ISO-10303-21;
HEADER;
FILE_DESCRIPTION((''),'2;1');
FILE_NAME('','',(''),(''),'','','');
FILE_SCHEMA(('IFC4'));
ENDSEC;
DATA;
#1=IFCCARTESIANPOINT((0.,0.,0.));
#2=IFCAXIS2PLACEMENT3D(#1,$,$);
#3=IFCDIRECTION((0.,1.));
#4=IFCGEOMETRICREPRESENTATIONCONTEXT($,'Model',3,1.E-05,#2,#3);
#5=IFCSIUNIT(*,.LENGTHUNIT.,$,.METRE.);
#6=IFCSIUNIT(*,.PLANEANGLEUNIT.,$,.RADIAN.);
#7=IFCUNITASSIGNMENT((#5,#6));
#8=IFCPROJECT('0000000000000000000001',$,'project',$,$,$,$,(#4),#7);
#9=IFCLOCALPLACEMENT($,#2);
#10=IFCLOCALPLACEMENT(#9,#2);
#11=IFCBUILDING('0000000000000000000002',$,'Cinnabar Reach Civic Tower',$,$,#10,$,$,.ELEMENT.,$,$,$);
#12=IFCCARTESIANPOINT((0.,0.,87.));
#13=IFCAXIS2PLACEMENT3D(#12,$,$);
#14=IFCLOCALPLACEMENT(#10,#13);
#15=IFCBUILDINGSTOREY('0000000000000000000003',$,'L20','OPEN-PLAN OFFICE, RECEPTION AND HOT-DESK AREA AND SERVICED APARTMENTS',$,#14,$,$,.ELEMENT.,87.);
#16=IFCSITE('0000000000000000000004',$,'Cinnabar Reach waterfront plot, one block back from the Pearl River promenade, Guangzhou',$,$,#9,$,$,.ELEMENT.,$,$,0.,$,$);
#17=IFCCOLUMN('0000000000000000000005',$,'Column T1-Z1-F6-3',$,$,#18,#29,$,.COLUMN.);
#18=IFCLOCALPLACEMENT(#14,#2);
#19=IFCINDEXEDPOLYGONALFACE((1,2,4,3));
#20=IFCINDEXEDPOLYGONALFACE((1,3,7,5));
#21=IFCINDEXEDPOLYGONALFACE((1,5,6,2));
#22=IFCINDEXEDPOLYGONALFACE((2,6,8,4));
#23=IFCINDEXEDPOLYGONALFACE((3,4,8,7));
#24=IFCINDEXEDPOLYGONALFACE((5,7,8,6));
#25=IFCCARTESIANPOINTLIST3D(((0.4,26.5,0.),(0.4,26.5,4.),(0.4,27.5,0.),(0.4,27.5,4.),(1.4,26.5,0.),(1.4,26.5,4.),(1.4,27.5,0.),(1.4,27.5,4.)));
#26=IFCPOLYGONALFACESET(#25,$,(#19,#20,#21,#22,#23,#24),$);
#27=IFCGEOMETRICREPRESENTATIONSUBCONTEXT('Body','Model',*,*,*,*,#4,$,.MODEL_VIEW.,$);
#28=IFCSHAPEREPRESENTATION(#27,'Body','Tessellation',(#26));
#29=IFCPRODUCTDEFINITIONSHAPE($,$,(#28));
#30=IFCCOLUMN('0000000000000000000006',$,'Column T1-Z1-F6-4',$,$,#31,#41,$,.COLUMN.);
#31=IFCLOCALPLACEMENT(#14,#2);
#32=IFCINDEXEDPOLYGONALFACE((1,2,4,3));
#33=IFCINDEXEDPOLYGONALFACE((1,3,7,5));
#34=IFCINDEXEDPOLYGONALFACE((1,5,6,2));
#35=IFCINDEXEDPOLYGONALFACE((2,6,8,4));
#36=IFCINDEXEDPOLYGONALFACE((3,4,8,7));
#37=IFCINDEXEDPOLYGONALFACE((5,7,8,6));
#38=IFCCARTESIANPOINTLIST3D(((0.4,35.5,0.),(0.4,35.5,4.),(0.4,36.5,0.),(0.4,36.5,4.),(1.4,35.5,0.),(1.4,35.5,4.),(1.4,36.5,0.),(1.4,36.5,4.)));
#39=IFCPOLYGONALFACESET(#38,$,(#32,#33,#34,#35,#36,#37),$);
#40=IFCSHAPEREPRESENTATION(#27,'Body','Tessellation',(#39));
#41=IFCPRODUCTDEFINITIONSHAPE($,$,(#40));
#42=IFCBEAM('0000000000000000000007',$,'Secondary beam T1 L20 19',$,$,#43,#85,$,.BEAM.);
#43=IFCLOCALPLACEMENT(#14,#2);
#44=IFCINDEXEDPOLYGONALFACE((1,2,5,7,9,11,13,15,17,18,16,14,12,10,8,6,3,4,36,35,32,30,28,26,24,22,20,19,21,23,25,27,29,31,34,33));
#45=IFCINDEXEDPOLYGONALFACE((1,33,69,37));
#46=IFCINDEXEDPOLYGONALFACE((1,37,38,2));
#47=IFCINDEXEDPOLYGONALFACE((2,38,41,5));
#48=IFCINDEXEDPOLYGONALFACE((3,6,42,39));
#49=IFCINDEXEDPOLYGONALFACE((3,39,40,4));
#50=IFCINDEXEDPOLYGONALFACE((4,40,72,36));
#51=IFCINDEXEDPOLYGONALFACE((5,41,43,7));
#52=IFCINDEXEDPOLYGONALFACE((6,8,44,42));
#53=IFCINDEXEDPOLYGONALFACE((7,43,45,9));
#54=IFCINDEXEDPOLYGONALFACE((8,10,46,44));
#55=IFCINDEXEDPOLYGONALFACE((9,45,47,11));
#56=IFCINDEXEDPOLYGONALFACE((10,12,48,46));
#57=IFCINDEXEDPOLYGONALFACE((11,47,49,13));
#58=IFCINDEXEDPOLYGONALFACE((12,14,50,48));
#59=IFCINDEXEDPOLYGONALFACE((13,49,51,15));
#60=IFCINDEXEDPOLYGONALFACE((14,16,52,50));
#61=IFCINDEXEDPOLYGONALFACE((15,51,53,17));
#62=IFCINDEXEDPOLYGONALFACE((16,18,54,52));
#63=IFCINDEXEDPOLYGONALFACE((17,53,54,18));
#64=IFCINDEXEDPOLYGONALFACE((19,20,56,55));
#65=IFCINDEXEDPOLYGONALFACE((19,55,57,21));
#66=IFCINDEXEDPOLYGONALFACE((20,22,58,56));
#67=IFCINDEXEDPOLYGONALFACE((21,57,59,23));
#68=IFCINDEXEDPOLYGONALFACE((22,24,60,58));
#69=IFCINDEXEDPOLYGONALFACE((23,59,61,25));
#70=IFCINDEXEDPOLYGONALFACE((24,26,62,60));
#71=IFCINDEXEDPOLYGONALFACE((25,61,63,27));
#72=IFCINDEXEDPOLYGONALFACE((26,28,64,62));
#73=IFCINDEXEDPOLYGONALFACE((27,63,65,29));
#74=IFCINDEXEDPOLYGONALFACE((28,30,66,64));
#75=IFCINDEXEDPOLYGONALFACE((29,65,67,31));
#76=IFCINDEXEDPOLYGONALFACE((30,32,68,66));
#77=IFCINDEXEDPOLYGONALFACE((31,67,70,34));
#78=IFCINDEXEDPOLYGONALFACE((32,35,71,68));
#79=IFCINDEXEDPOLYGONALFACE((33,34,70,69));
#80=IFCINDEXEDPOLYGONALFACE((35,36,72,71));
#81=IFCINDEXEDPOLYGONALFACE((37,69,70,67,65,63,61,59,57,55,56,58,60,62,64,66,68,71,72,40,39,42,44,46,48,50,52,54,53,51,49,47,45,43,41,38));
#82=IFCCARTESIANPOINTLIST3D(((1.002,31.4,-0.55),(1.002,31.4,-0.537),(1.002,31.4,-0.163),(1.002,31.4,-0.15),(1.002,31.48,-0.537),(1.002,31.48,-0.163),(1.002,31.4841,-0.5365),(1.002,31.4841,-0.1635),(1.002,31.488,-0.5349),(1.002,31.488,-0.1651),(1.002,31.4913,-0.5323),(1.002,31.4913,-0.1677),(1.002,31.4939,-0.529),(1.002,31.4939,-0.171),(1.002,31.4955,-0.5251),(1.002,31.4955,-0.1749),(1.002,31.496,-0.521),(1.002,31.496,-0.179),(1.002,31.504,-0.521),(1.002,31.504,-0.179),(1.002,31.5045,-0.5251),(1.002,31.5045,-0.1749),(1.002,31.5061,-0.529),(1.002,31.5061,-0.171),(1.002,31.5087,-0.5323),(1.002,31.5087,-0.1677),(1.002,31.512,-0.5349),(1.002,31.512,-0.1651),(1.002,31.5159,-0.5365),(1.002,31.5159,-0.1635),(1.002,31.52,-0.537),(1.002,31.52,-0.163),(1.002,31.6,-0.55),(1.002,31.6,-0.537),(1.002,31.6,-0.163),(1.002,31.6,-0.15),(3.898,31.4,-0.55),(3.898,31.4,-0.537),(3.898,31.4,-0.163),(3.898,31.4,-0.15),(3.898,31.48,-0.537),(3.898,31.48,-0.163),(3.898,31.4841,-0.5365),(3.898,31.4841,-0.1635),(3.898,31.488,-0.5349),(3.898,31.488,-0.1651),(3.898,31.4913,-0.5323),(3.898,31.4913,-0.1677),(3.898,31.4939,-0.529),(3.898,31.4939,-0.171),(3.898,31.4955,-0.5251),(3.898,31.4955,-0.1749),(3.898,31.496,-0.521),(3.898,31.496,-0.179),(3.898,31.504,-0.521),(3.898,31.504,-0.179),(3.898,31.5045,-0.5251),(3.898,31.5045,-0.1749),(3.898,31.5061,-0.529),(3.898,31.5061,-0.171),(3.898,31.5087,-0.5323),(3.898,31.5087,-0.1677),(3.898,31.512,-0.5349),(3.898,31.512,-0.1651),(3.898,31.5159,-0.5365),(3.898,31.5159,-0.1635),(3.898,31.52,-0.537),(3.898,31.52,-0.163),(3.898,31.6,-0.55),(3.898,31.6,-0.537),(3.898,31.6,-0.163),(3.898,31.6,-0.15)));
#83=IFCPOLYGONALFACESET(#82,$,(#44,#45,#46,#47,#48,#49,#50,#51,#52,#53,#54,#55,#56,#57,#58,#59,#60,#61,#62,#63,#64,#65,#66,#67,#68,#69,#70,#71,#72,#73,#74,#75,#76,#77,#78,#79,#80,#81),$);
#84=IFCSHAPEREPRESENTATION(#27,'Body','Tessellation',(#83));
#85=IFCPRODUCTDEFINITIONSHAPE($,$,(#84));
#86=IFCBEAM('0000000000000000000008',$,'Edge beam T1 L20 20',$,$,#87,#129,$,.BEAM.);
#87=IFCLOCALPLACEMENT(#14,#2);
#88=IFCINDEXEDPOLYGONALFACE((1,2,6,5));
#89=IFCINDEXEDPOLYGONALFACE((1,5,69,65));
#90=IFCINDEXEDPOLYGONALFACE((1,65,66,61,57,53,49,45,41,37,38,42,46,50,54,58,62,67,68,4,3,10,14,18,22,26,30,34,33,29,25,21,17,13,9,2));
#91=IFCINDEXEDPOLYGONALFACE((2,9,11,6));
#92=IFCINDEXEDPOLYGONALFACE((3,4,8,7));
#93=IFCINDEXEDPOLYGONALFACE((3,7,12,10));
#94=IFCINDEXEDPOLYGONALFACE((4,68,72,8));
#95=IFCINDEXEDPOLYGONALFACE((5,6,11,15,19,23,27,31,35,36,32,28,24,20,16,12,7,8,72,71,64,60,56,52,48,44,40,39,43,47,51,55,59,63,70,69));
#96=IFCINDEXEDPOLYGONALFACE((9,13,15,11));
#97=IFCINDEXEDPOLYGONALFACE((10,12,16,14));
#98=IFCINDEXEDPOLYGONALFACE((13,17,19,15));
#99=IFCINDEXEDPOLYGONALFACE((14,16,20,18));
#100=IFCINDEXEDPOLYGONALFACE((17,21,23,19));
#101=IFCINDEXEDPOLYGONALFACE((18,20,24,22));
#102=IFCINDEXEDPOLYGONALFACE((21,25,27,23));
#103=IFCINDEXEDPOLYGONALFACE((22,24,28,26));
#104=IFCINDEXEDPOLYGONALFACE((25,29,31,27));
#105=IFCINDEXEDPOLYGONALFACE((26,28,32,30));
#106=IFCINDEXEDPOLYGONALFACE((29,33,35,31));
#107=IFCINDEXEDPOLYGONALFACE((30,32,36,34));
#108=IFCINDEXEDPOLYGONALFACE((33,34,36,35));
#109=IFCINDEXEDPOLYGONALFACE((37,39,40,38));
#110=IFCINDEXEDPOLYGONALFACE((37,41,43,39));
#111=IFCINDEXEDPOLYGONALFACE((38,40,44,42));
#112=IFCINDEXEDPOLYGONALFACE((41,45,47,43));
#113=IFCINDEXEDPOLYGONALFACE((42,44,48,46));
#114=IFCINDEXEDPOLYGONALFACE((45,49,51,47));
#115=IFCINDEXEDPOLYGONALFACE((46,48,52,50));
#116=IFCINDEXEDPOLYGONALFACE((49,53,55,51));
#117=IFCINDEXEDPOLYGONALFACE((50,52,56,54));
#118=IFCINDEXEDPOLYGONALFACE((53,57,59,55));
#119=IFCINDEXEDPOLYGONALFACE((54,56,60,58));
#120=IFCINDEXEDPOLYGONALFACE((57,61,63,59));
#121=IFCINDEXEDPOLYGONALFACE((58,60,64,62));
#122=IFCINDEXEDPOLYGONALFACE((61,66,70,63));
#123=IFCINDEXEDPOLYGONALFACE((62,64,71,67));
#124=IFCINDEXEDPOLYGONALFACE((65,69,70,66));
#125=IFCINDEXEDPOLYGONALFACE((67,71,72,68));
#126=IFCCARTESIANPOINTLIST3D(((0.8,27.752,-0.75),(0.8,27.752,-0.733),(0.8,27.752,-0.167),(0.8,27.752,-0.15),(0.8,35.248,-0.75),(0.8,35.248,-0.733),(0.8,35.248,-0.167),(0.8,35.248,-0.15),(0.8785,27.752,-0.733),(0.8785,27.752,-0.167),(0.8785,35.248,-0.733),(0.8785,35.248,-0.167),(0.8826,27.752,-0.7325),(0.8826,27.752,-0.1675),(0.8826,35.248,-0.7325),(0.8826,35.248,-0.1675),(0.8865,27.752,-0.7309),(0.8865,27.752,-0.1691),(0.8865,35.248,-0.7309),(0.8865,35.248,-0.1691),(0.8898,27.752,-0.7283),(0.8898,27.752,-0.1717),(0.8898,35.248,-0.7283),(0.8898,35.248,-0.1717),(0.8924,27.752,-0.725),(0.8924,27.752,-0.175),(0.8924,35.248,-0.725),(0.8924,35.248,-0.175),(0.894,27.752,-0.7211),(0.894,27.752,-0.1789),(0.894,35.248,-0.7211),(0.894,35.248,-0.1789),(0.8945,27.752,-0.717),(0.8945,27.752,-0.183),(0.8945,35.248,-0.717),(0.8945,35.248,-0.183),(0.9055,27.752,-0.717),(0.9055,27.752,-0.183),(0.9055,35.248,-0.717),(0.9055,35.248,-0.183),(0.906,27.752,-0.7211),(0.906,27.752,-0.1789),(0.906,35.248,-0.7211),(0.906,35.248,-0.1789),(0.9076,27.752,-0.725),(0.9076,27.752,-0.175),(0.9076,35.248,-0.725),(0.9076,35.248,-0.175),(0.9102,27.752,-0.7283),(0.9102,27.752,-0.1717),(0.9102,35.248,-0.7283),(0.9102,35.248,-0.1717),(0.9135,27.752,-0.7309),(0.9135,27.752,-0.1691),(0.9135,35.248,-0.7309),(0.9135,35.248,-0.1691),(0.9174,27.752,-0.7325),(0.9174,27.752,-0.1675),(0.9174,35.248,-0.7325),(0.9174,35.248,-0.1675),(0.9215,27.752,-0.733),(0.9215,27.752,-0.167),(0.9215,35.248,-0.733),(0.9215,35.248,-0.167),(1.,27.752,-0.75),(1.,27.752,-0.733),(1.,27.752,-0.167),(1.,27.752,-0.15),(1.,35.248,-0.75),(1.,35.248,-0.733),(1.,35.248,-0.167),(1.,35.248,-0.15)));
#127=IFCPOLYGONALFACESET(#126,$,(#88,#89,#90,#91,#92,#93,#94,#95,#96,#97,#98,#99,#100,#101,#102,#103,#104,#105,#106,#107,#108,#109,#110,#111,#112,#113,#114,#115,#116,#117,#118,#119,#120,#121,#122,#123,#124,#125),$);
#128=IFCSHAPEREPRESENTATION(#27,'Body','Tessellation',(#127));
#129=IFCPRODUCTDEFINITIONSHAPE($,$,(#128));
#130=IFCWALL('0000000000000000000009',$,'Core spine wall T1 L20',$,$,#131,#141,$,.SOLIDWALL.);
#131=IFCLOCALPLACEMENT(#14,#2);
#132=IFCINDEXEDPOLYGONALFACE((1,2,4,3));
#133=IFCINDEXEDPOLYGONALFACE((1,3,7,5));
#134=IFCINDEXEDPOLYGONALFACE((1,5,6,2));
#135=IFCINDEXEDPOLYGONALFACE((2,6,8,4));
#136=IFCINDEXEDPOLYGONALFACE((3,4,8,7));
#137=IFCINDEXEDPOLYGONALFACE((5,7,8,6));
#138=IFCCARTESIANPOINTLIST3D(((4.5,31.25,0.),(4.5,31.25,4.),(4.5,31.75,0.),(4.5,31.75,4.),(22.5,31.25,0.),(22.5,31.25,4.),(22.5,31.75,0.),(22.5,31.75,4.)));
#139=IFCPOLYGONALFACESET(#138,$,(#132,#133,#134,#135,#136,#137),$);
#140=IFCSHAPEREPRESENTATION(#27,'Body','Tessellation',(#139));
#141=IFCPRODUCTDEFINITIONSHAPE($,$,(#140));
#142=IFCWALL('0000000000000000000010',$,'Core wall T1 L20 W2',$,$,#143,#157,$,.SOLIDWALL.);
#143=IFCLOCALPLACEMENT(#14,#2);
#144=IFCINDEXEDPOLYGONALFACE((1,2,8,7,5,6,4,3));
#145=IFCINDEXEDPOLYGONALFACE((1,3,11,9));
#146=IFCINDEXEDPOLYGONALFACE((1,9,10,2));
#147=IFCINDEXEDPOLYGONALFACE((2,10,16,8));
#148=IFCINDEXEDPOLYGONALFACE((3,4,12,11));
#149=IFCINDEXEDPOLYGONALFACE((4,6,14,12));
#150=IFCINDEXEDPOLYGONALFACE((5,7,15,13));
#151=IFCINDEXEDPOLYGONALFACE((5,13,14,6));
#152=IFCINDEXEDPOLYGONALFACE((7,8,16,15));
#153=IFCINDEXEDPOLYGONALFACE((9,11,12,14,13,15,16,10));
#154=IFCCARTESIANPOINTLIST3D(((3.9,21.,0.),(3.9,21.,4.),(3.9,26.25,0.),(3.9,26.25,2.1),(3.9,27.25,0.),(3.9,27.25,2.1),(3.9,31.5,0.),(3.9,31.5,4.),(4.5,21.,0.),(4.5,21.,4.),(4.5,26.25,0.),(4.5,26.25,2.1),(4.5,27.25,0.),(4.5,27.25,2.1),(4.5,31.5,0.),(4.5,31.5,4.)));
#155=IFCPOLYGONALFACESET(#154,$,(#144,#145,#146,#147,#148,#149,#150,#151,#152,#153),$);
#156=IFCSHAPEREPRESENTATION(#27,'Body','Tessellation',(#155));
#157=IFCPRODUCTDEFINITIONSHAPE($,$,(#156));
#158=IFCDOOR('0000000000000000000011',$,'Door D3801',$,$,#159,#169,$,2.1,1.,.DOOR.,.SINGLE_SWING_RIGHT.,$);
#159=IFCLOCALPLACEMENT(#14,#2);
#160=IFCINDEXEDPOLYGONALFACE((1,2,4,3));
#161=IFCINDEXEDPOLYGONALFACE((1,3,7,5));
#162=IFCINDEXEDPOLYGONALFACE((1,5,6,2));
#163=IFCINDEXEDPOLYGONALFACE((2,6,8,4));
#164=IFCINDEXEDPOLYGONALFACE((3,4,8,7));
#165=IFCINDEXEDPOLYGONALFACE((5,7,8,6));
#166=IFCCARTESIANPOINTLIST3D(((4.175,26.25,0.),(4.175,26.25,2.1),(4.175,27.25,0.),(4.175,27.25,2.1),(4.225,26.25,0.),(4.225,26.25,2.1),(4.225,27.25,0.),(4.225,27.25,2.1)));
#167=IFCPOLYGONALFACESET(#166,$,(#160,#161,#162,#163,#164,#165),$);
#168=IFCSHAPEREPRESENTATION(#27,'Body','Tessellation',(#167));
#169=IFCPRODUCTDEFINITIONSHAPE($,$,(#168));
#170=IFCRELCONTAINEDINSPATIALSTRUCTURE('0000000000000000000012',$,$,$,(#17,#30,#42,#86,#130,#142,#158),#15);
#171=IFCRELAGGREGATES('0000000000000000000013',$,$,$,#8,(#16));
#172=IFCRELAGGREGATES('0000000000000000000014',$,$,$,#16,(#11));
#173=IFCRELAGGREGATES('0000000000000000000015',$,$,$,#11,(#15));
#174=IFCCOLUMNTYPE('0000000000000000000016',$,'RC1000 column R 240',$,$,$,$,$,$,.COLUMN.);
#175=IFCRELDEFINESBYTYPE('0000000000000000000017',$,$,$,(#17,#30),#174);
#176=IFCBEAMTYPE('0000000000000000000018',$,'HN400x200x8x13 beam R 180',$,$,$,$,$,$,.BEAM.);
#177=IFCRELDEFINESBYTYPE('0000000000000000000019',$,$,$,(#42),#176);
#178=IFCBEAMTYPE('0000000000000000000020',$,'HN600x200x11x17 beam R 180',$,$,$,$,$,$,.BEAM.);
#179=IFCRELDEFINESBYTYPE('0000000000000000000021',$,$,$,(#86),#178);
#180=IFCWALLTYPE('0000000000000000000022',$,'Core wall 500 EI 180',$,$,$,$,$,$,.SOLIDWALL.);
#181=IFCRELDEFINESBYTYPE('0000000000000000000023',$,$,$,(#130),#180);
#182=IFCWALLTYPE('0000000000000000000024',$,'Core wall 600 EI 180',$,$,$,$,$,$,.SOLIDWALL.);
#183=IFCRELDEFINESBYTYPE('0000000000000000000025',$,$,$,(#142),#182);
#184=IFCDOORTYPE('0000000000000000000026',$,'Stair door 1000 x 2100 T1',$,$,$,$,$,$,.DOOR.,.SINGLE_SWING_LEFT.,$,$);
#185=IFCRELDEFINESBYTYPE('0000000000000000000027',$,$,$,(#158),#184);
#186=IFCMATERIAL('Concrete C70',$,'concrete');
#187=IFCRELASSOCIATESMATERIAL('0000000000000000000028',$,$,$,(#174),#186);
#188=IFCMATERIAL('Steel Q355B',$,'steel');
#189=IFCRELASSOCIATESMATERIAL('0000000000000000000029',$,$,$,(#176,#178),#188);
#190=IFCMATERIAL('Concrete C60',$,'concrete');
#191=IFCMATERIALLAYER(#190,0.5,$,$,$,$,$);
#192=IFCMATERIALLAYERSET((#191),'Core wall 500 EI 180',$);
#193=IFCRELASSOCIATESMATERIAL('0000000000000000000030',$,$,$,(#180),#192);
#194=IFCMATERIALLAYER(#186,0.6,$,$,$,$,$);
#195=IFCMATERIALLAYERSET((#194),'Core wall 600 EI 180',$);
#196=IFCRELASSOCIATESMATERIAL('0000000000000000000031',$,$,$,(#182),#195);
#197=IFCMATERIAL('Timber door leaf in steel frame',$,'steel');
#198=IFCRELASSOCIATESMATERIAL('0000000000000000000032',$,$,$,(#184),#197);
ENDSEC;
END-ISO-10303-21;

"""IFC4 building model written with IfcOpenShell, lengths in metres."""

from ifc_helpers import new_model, si_unit, direction, frame, frame_2d, origin, origin_2d, place, context, subcontext, project, spatial, rectangle, i_section, extrude, material, layer, layer_set, material_profile, profile_set, type_object, element, fill, save


model = new_model("IFC4")

# Units and contexts
model_context = context("Model", 3, precision=1e-05, world=origin(), true_north=direction((0.0, 1.0)))
body_context = subcontext(model_context, "Body", "Model", "MODEL_VIEW")
ifc_project = project(units=[si_unit("LENGTHUNIT", "METRE"), si_unit("PLANEANGLEUNIT", "RADIAN")], contexts=[model_context])

# Site, building, storey
site_placement = place(None, origin())
site = spatial("IfcSite", under=ifc_project, at=site_placement, Name="Cinnabar Reach waterfront plot, one block back from the Pearl River promenade, Guangzhou", CompositionType="ELEMENT", RefElevation=0.0)
building_placement = place(site_placement, origin())
building = spatial("IfcBuilding", under=site, at=building_placement, Name="Cinnabar Reach Civic Tower", CompositionType="ELEMENT")
storey_placement = place(building_placement, frame((0.0, 0.0, 87.0)))
storey = spatial("IfcBuildingStorey", under=building, at=storey_placement, Name="L20", Description="OPEN-PLAN OFFICE, RECEPTION AND HOT-DESK AREA AND SERVICED APARTMENTS", CompositionType="ELEMENT", Elevation=87.0)

# Columns
ifc_material_1 = material(Name="Concrete C70", Category="concrete")
ifc_material_profile_1 = material_profile(ifc_material_1, rectangle(XDim=1.0, YDim=1.0, at=origin_2d()), Name="RC1000")
ifc_profile_set_1 = profile_set([ifc_material_profile_1], Name="Concrete C70")
column_type = type_object("IfcColumnType", Name="RC1000 column R 240", PredefinedType="COLUMN", material=ifc_profile_set_1)
for number, where, z_axis, x_axis, name in (
    (1, (0.9, 27.0, 0.0), (0.0, 0.0, 1.0), (1.0, 0.0, 0.0), "Column T1-Z1-F6-3"),
    (2, (0.9, 36.0, 0.0), (0.0, 0.0, 1.0), (1.0, 0.0, 0.0), "Column T1-Z1-F6-4"),
):
    element("IfcColumn", number, at=place(storey_placement, frame(where, z_axis=z_axis, x_axis=x_axis)), inside=storey, type_object=column_type, Name=name, PredefinedType="COLUMN", context=body_context, shape_type="SweptSolid", body=[
        extrude(rectangle(XDim=1.0, YDim=1.0, at=origin_2d()), origin(), (0.0, 0.0, 1.0), 4.0),
    ])

# Beams
ifc_material_2 = material(Name="Steel Q355B", Category="steel")
ifc_material_profile_2 = material_profile(ifc_material_2, i_section(OverallWidth=0.2, OverallDepth=0.4, WebThickness=0.008, FlangeThickness=0.013, FilletRadius=0.016, at=origin_2d()), Name="HN400x200x8x13")
ifc_profile_set_2 = profile_set([ifc_material_profile_2], Name="Steel Q355B")
beam_type_1 = type_object("IfcBeamType", Name="HN400x200x8x13 beam R 180", PredefinedType="BEAM", material=ifc_profile_set_2)
beam_1_placement = place(storey_placement, frame((1.002, 31.5, -0.35), z_axis=(1.0, 0.0, 0.0), x_axis=(0.0, 1.0, 0.0)))
element("IfcBeam", 3, at=beam_1_placement, inside=storey, type_object=beam_type_1, Name="Secondary beam T1 L20 19", PredefinedType="BEAM", context=body_context, shape_type="SweptSolid", body=[
    extrude(i_section(OverallWidth=0.2, OverallDepth=0.4, WebThickness=0.008, FlangeThickness=0.013, FilletRadius=0.016, at=origin_2d()), origin(), (0.0, 0.0, 1.0), 2.896),
])
ifc_material_profile_3 = material_profile(ifc_material_2, i_section(OverallWidth=0.2, OverallDepth=0.6, WebThickness=0.011, FlangeThickness=0.017, FilletRadius=0.016, at=origin_2d()), Name="HN600x200x11x17")
ifc_profile_set_3 = profile_set([ifc_material_profile_3], Name="Steel Q355B")
beam_type_2 = type_object("IfcBeamType", Name="HN600x200x11x17 beam R 180", PredefinedType="BEAM", material=ifc_profile_set_3)
beam_2_placement = place(storey_placement, frame((0.9, 35.248, -0.45), z_axis=(0.0, -1.0, 0.0), x_axis=(1.0, 0.0, 0.0)))
element("IfcBeam", 4, at=beam_2_placement, inside=storey, type_object=beam_type_2, Name="Edge beam T1 L20 20", PredefinedType="BEAM", context=body_context, shape_type="SweptSolid", body=[
    extrude(i_section(OverallWidth=0.2, OverallDepth=0.6, WebThickness=0.011, FlangeThickness=0.017, FilletRadius=0.016, at=origin_2d()), origin(), (0.0, 0.0, 1.0), 7.496),
])

# Wall
ifc_material_3 = material(Name="Concrete C60", Category="concrete")
ifc_layer_1 = layer(ifc_material_3, 0.5)
ifc_layer_set_1 = layer_set([ifc_layer_1], Name="Core wall 500 EI 180")
wall_type_1 = type_object("IfcWallType", Name="Core wall 500 EI 180", PredefinedType="SOLIDWALL", material=ifc_layer_set_1)
wall_1_placement = place(storey_placement, frame((4.5, 31.5, 0.0), z_axis=(0.0, 0.0, 1.0), x_axis=(1.0, 0.0, 0.0)))
element("IfcWall", 5, at=wall_1_placement, inside=storey, type_object=wall_type_1, Name="Core spine wall T1 L20", PredefinedType="SOLIDWALL", context=body_context, shape_type="SweptSolid", body=[
    extrude(rectangle(XDim=18.0, YDim=0.5, at=frame_2d((9.0, 0.0))), origin(), (0.0, 0.0, 1.0), 4.0),
])

# Wall, opening, door
ifc_layer_2 = layer(ifc_material_1, 0.6)
ifc_layer_set_2 = layer_set([ifc_layer_2], Name="Core wall 600 EI 180")
wall_type_2 = type_object("IfcWallType", Name="Core wall 600 EI 180", PredefinedType="SOLIDWALL", material=ifc_layer_set_2)
wall_2_placement = place(storey_placement, frame((4.2, 31.5, 0.0), z_axis=(0.0, 0.0, 1.0), x_axis=(0.0, -1.0, 0.0)))
wall_2 = element("IfcWall", 6, at=wall_2_placement, inside=storey, type_object=wall_type_2, Name="Core wall T1 L20 W2", PredefinedType="SOLIDWALL", context=body_context, shape_type="SweptSolid", body=[
    extrude(rectangle(XDim=10.5, YDim=0.6, at=frame_2d((5.25, 0.0))), origin(), (0.0, 0.0, 1.0), 4.0),
])
opening_1_placement = place(wall_2_placement, frame((4.25, 0.0, 0.0)))
opening_1 = element("IfcOpeningElement", 7, at=opening_1_placement, cuts=wall_2, PredefinedType="OPENING", context=body_context, shape_type="SweptSolid", body=[
    extrude(rectangle(XDim=1.0, YDim=2.1, at=frame_2d((0.5, 1.05))), frame((0.0, 0.31, 0.0), z_axis=(0.0, -1.0, 0.0), x_axis=(1.0, 0.0, 0.0)), (0.0, 0.0, 1.0), 0.62),
])
ifc_material_4 = material(Name="Timber door leaf in steel frame", Category="steel")
door_type_1 = type_object("IfcDoorType", Name="Stair door 1000 x 2100 T1", OperationType="SINGLE_SWING_LEFT", PredefinedType="DOOR", material=ifc_material_4)
door_1_placement = place(opening_1_placement, frame((1.0, 0.0, 0.0), z_axis=(0.0, 0.0, 1.0), x_axis=(-1.0, 0.0, 0.0)))
door_1 = element("IfcDoor", 8, at=door_1_placement, inside=storey, type_object=door_type_1, Name="Door D3801", OperationType="SINGLE_SWING_RIGHT", OverallHeight=2.1, OverallWidth=1.0, PredefinedType="DOOR", context=body_context, shape_type="SweptSolid", body=[
    extrude(rectangle(XDim=1.0, YDim=2.1, at=frame_2d((0.5, 1.05))), frame((0.0, 0.025, 0.0), z_axis=(0.0, -1.0, 0.0), x_axis=(1.0, 0.0, 0.0)), (0.0, 0.0, 1.0), 0.05),
])
fill(opening_1, door_1)

save(model, "model.ifc")
